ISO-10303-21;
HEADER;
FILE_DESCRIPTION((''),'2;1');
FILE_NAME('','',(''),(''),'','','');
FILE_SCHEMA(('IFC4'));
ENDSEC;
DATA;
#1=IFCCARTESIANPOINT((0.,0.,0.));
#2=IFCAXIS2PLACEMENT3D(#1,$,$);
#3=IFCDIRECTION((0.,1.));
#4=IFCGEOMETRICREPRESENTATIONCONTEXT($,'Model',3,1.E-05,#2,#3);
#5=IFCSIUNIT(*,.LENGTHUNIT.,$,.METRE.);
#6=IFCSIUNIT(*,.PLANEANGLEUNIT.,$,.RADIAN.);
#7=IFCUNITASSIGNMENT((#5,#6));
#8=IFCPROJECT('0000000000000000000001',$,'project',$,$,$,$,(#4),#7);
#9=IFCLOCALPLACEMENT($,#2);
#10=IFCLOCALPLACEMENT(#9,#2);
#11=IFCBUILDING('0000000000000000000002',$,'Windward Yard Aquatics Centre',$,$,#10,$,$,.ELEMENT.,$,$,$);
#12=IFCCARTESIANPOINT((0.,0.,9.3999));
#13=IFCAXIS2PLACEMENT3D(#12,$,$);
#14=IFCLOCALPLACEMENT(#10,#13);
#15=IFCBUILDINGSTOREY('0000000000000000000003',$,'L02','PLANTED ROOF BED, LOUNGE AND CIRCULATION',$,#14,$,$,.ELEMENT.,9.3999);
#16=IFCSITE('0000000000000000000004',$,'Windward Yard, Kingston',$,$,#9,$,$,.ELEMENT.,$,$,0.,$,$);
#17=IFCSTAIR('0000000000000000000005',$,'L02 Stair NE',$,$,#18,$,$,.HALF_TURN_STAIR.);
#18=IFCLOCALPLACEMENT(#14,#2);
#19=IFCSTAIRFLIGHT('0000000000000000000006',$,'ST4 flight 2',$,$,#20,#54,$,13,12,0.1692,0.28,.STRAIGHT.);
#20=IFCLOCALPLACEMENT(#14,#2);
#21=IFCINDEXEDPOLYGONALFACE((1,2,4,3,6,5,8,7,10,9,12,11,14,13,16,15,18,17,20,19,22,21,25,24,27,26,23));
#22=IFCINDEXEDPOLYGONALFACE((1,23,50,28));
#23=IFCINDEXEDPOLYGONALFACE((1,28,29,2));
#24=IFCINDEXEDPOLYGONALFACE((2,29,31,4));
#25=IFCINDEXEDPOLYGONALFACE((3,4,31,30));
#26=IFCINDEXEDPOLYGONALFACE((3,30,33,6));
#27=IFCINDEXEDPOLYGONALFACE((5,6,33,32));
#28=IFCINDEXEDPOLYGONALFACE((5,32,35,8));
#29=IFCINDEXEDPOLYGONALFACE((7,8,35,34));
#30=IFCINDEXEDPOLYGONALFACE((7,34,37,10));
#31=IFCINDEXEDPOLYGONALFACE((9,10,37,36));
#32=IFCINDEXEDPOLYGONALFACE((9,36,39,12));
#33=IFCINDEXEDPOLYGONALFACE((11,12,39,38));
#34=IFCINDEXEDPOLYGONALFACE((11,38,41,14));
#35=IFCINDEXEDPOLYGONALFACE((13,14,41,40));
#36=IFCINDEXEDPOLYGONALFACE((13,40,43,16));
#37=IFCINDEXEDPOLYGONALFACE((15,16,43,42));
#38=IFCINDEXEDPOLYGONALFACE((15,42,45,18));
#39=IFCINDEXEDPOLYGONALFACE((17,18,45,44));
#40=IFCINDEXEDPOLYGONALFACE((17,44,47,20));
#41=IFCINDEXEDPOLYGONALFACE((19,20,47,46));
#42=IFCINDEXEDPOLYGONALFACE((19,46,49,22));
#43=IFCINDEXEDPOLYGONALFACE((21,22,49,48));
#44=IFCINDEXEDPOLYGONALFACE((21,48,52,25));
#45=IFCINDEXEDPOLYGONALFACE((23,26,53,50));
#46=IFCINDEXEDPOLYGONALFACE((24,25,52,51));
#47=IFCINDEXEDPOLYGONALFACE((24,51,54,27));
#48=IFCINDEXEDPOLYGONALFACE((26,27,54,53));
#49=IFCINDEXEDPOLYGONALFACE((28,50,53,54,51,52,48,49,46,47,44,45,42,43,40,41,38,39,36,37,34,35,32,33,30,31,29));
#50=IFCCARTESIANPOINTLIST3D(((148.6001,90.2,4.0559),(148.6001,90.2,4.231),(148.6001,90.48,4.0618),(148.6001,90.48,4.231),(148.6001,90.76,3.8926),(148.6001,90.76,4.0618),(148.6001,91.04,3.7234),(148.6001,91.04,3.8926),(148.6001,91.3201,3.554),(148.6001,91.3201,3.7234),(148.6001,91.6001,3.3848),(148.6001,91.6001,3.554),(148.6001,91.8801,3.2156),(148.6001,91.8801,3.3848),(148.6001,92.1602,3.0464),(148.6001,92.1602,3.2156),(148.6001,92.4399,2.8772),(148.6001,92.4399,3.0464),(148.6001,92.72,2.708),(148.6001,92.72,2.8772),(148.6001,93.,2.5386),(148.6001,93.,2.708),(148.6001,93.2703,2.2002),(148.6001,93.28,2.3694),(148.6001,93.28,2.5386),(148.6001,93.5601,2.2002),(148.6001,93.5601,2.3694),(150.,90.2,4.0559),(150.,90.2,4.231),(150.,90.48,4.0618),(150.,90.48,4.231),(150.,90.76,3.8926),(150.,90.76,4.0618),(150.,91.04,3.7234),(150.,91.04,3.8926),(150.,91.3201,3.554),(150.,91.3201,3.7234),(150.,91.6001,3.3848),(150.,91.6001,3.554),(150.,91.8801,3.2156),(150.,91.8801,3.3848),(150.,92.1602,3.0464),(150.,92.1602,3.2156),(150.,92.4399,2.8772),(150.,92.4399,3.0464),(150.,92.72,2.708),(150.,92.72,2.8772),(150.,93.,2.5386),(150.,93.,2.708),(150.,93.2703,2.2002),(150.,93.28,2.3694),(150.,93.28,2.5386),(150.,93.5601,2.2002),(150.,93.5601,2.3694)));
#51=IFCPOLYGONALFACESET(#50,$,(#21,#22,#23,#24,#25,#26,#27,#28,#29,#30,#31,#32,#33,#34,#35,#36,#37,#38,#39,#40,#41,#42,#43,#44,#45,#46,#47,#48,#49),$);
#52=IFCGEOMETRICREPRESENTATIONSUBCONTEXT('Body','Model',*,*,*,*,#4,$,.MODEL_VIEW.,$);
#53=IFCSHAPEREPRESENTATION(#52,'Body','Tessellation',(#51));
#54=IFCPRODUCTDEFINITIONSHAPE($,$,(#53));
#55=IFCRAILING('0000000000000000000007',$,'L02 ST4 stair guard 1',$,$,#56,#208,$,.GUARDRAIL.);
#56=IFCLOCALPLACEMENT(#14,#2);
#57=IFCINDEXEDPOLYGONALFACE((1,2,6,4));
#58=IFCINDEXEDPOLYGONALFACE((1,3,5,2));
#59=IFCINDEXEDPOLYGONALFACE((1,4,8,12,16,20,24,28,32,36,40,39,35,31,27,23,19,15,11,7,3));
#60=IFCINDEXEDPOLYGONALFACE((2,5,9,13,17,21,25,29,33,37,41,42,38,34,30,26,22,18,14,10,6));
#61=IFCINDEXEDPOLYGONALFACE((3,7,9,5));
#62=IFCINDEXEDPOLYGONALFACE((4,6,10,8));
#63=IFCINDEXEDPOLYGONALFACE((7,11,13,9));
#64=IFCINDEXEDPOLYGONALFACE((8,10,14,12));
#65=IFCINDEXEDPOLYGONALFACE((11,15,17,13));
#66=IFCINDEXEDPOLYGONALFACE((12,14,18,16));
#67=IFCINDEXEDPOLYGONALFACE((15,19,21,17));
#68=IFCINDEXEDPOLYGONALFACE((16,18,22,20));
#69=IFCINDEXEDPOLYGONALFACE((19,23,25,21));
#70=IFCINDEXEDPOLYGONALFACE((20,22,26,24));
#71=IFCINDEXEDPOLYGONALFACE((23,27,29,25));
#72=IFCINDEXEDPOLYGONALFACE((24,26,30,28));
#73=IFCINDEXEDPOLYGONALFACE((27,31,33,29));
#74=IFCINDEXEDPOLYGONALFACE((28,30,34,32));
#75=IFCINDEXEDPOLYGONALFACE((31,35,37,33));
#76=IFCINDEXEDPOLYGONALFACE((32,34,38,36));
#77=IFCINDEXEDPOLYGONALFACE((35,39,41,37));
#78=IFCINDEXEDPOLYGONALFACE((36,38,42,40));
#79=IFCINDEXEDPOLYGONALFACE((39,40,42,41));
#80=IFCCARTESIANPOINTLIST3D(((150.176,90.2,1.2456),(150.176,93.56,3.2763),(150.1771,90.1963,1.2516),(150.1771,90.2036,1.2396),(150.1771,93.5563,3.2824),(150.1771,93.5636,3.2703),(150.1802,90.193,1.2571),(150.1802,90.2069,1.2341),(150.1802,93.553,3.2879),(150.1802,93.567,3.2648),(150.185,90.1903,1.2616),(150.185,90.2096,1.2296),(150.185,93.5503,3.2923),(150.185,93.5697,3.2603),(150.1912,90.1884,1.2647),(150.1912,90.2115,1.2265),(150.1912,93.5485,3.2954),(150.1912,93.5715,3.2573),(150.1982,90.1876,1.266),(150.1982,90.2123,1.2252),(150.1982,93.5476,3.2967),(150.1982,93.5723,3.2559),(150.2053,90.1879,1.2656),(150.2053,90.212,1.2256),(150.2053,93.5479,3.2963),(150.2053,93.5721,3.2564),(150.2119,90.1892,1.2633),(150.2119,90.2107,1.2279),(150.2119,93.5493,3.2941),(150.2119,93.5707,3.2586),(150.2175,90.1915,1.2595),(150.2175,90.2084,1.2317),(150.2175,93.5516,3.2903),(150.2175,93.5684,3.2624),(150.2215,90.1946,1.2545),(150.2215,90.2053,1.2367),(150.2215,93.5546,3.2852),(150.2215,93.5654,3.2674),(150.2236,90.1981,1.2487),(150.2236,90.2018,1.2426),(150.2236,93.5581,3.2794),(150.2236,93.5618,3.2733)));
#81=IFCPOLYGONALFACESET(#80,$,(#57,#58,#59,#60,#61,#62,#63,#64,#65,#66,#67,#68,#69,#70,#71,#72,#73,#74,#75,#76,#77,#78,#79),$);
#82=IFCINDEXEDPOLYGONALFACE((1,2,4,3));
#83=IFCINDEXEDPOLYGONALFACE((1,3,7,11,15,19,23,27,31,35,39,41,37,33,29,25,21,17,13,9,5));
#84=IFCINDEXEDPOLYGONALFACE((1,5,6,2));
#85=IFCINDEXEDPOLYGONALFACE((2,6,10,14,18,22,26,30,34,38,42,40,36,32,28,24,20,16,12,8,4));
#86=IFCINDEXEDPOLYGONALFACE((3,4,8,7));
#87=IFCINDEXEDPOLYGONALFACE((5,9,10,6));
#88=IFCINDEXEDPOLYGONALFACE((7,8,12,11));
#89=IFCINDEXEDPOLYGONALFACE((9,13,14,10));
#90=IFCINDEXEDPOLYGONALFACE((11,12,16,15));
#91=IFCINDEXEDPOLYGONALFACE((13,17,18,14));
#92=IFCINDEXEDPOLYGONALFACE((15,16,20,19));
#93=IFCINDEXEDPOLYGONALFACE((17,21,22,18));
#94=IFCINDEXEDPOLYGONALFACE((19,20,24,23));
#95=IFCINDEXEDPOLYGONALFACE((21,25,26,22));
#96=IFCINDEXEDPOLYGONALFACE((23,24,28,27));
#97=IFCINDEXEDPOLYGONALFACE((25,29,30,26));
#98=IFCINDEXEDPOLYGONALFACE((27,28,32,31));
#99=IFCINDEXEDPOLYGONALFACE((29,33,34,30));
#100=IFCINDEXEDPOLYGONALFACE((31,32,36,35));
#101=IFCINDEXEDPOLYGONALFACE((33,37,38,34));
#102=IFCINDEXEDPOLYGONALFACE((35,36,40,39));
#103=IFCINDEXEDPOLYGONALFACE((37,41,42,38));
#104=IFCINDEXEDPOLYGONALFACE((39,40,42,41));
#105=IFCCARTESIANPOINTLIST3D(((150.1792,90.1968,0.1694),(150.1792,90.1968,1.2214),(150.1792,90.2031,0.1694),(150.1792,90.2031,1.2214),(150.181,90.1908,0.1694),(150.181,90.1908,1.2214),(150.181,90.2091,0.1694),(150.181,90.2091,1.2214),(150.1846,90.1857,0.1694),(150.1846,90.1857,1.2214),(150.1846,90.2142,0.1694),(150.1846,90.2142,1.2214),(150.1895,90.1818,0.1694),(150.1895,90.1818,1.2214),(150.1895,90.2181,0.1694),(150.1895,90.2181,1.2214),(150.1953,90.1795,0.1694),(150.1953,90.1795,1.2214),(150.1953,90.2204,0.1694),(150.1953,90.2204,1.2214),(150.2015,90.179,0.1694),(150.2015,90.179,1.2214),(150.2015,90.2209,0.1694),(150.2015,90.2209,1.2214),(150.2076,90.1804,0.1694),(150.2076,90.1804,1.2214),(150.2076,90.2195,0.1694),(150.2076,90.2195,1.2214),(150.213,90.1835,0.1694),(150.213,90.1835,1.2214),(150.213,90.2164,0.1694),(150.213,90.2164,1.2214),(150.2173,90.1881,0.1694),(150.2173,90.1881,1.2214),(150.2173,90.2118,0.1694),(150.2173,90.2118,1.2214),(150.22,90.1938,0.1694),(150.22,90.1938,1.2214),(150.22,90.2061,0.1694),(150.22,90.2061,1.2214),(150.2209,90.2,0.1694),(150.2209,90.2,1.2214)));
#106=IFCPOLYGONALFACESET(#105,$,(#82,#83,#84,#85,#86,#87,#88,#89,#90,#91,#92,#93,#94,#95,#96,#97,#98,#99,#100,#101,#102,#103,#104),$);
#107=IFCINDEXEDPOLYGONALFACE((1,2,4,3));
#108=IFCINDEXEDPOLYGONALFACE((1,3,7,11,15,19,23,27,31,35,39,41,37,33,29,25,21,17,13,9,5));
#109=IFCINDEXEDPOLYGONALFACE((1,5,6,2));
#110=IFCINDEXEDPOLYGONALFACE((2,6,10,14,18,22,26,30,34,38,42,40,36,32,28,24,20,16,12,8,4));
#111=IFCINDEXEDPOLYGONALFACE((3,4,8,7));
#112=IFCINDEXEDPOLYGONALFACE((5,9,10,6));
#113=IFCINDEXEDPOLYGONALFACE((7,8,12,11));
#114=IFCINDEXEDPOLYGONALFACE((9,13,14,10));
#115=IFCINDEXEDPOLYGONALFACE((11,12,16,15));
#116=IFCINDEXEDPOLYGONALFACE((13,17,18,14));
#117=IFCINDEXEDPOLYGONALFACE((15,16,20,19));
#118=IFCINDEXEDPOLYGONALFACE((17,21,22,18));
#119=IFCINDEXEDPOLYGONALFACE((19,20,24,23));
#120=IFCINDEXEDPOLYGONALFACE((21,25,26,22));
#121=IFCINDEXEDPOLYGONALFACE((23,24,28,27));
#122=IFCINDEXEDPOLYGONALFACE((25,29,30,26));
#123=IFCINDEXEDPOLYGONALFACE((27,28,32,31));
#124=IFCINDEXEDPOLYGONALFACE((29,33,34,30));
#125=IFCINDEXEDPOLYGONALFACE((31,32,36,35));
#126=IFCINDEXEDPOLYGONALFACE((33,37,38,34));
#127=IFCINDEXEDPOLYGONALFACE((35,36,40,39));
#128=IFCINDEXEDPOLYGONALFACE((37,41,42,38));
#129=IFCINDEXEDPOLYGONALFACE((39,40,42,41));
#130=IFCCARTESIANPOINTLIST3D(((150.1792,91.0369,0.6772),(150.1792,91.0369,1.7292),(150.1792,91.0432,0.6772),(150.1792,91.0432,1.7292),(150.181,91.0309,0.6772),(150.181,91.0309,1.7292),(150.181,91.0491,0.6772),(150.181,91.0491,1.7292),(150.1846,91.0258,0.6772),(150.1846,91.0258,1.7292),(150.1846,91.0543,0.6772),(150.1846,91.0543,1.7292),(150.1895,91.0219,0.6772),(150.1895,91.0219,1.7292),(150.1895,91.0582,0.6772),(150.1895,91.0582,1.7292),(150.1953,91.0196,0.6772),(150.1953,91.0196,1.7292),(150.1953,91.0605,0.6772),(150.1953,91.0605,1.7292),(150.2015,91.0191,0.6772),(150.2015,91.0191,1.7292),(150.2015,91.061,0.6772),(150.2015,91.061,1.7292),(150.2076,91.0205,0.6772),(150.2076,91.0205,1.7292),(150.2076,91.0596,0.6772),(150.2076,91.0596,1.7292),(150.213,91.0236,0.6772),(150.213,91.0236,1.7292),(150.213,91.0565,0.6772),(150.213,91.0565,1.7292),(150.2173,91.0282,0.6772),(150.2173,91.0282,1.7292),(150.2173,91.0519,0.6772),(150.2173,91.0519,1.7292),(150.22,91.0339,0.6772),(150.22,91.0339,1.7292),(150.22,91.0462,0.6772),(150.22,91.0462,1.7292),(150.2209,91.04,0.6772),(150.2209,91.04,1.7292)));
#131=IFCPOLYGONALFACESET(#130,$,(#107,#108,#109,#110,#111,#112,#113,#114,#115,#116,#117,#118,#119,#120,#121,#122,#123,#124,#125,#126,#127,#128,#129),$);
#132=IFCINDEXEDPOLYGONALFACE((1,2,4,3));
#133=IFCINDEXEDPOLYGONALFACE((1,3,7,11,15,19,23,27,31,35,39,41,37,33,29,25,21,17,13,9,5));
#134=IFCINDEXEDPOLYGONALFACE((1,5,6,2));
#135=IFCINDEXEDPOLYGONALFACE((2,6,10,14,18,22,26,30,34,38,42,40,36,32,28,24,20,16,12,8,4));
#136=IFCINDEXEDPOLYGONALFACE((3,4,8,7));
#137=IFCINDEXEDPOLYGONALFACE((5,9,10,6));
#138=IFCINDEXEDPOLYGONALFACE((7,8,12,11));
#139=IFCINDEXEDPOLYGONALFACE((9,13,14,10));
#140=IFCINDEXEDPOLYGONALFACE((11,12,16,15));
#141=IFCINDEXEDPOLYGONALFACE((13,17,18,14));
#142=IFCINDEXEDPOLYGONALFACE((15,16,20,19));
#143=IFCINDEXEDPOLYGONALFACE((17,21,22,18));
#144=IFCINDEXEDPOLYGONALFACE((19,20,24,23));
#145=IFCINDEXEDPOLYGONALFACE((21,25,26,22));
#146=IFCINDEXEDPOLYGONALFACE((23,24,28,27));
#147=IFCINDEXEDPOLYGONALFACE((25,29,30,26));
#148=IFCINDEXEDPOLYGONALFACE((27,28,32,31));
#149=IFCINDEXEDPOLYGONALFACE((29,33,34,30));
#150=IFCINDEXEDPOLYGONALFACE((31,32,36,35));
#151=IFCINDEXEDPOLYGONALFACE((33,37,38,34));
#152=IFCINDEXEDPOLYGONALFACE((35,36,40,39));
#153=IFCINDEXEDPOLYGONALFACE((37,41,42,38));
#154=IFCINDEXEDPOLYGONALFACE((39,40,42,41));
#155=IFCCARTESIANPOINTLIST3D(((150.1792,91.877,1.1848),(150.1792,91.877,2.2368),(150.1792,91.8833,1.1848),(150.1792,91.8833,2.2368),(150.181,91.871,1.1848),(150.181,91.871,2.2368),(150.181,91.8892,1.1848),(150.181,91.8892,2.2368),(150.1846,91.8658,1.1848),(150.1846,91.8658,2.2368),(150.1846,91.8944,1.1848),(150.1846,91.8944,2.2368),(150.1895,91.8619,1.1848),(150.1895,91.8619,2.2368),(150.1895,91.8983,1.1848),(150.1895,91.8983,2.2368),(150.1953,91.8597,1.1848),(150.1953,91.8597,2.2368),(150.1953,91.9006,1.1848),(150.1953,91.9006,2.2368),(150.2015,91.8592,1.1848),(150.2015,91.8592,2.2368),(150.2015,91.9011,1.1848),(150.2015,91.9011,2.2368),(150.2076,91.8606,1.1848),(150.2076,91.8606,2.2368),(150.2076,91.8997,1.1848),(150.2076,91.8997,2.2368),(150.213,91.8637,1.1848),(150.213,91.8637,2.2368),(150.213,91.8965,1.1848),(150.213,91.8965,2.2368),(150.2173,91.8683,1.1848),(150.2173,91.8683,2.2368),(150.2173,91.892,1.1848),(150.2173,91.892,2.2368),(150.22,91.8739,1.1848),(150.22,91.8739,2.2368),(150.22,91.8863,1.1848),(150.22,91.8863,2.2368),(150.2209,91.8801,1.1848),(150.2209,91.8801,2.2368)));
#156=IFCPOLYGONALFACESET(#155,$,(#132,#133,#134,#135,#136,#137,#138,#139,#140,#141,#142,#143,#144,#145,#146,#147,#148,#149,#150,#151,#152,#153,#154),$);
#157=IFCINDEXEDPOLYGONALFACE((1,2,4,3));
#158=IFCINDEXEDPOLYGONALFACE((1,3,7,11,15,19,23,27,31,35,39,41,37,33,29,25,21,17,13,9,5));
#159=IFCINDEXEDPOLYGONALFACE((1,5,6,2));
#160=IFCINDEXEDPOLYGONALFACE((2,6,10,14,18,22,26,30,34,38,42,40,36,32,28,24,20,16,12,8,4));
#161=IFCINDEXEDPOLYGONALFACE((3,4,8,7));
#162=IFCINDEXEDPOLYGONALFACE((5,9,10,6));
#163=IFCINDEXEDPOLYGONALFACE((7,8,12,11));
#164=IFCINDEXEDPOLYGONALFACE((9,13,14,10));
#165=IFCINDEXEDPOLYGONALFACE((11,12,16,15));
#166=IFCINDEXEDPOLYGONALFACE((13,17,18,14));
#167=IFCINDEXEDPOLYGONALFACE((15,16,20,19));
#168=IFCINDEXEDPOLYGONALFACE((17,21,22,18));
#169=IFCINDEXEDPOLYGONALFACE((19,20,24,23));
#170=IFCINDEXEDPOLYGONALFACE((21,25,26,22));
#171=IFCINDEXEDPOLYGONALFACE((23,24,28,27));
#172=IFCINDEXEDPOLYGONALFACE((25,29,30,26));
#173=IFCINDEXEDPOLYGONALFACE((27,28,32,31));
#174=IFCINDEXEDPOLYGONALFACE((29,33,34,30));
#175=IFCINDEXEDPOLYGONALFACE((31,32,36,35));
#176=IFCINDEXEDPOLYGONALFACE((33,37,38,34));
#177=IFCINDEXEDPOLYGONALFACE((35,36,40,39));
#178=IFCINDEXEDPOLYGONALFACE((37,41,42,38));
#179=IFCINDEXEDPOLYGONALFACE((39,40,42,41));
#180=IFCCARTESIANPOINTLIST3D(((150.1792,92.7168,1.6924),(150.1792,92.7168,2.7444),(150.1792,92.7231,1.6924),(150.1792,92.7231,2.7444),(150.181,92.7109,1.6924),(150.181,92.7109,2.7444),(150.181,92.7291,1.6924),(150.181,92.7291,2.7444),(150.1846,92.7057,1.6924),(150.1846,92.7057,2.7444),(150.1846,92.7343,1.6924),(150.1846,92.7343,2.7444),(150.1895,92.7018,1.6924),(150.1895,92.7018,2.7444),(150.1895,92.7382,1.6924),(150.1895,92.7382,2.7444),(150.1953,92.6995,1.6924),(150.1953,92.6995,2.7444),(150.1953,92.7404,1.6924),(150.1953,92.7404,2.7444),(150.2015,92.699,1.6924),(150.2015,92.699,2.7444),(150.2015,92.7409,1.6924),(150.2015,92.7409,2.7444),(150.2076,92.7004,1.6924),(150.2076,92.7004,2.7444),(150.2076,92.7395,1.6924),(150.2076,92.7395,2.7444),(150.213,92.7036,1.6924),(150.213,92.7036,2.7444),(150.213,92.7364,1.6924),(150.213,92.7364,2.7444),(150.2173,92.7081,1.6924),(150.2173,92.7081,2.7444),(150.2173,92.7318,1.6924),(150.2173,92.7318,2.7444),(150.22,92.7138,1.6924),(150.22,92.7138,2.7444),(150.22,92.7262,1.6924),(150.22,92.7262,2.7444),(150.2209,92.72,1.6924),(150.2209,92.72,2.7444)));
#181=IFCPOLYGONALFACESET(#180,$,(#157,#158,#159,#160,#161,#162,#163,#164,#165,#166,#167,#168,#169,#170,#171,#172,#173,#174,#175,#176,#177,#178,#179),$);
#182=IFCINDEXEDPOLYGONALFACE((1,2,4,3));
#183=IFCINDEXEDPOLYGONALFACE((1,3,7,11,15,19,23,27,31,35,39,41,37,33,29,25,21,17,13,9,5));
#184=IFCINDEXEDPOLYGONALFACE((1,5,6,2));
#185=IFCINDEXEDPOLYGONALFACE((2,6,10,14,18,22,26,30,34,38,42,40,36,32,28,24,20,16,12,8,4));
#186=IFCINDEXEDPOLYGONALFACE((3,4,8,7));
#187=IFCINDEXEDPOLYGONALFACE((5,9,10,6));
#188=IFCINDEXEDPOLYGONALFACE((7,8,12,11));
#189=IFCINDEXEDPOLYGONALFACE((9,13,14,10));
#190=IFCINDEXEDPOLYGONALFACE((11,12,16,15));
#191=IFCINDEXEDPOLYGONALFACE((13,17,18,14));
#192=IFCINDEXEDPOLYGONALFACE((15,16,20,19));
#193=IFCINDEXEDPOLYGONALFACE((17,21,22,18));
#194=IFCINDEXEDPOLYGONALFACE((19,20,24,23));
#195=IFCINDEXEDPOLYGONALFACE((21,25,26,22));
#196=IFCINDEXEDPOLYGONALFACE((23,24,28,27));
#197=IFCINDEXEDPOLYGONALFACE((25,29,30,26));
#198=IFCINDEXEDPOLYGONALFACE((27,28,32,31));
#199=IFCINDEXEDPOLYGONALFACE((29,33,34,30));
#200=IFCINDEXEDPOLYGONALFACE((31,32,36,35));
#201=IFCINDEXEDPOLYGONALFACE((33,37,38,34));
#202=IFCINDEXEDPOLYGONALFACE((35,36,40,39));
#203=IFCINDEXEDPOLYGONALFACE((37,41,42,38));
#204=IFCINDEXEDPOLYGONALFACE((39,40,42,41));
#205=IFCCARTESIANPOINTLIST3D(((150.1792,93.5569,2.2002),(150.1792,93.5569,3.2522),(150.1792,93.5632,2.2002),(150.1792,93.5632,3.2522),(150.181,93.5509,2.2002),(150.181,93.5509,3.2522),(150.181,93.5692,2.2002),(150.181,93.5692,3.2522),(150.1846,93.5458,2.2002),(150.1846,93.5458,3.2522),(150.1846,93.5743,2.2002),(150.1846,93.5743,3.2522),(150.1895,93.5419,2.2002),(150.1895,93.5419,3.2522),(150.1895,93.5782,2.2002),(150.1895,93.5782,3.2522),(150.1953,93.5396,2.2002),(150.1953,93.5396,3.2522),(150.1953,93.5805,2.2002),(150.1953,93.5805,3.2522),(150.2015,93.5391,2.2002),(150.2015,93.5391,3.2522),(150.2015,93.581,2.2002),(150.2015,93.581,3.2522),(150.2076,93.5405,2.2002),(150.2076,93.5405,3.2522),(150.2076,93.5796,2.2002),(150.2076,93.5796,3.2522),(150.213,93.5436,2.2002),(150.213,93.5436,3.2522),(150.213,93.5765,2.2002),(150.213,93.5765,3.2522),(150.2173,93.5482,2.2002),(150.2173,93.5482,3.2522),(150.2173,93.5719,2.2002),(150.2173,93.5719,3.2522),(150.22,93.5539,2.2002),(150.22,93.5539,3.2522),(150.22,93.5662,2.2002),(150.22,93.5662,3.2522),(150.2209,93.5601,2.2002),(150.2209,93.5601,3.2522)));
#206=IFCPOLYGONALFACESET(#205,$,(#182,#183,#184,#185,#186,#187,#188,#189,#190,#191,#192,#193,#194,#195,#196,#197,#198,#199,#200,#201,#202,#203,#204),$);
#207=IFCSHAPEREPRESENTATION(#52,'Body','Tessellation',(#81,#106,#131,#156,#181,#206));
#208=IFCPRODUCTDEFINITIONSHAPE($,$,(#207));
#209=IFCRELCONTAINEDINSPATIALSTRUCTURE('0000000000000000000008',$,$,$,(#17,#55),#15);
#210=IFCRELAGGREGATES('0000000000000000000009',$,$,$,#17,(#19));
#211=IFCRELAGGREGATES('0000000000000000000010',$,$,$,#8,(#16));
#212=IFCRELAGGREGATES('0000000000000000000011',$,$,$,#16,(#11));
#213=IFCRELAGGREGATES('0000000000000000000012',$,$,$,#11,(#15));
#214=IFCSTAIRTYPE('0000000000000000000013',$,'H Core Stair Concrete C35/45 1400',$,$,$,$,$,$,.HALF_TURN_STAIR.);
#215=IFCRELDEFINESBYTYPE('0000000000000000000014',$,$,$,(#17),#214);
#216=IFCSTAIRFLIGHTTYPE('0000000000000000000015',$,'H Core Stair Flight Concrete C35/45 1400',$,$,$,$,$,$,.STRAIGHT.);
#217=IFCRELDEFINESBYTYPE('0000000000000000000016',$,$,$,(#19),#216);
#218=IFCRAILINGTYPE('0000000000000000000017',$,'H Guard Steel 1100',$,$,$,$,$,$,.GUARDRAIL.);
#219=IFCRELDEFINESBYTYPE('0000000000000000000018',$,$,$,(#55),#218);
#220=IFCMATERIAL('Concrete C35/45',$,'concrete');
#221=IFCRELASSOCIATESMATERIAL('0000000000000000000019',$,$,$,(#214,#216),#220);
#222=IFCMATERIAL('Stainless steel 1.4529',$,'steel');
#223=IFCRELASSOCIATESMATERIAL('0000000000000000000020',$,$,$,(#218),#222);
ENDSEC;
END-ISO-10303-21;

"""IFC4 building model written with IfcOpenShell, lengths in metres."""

from ifc_helpers import new_model, si_unit, direction, frame, origin, origin_2d, place, context, subcontext, project, spatial, polyline, circle, outline, extrude, material, type_object, element, aggregate, save


model = new_model("IFC4")

# Units and contexts
model_context = context("Model", 3, precision=1e-05, world=origin(), true_north=direction((0.0, 1.0)))
body_context = subcontext(model_context, "Body", "Model", "MODEL_VIEW")
ifc_project = project(units=[si_unit("LENGTHUNIT", "METRE"), si_unit("PLANEANGLEUNIT", "RADIAN")], contexts=[model_context])

# Site, building, storey
site_placement = place(None, origin())
site = spatial("IfcSite", under=ifc_project, at=site_placement, Name="Windward Yard, Kingston", CompositionType="ELEMENT", RefElevation=0.0)
building_placement = place(site_placement, origin())
building = spatial("IfcBuilding", under=site, at=building_placement, Name="Windward Yard Aquatics Centre", CompositionType="ELEMENT")
storey_placement = place(building_placement, frame((0.0, 0.0, 9.3999)))
storey = spatial("IfcBuildingStorey", under=building, at=storey_placement, Name="L02", Description="PLANTED ROOF BED, LOUNGE AND CIRCULATION", CompositionType="ELEMENT", Elevation=9.3999)

# Shared definitions
ifc_material_1 = material(Name="Concrete C35/45", Category="concrete")

# Stair, stair flight
stair_type = type_object("IfcStairType", Name="H Core Stair Concrete C35/45 1400", PredefinedType="HALF_TURN_STAIR", material=ifc_material_1)
stair_placement = place(storey_placement, origin())
stair = element("IfcStair", 1, at=stair_placement, inside=storey, type_object=stair_type, Name="L02 Stair NE", PredefinedType="HALF_TURN_STAIR")
stair_flight_type = type_object("IfcStairFlightType", Name="H Core Stair Flight Concrete C35/45 1400", PredefinedType="STRAIGHT", material=ifc_material_1)
stair_flight_1_placement = place(storey_placement, frame((149.3, 93.5601, 2.2002), z_axis=(0.0, 0.0, 1.0), x_axis=(0.0, -1.0, 0.0)))
stair_flight_1 = element("IfcStairFlight", 2, at=stair_flight_1_placement, type_object=stair_flight_type, Name="ST4 flight 2", NumberOfRisers=13, NumberOfTreads=12, PredefinedType="STRAIGHT", RiserHeight=0.1692, TreadLength=0.28, context=body_context, shape_type="SweptSolid", body=[
    extrude(outline(polyline([(0.0, 0.0), (0.0, 0.1692), (0.28, 0.1692), (0.28, 0.3384), (0.5601, 0.3384), (0.5601, 0.5078), (0.8401, 0.5078), (0.8401, 0.677), (1.1201, 0.677), (1.1201, 0.8462), (1.3999, 0.8462), (1.3999, 1.0154), (1.6799, 1.0154), (1.6799, 1.1846), (1.96, 1.1846), (1.96, 1.3538), (2.24, 1.3538), (2.24, 1.5232), (2.52, 1.5232), (2.52, 1.6924), (2.8, 1.6924), (2.8, 1.8616), (3.0801, 1.8616), (3.0801, 2.0308), (3.3601, 2.0308), (3.3601, 2.2), (3.3601, 1.8557), (0.2898, 0.0), (0.0, 0.0)])), frame((0.0, 0.7, 0.0), z_axis=(0.0, -1.0, 0.0), x_axis=(1.0, 0.0, 0.0)), (0.0, 0.0, 1.0), 1.3999),
])
aggregate(stair, [stair_flight_1])

# Railing
ifc_material_2 = material(Name="Stainless steel 1.4529", Category="steel")
railing_type_1 = type_object("IfcRailingType", Name="H Guard Steel 1100", PredefinedType="GUARDRAIL", material=ifc_material_2)
railing_1_placement = place(storey_placement, frame((150.2, 90.2, 0.1694)))
element("IfcRailing", 3, at=railing_1_placement, inside=storey, type_object=railing_type_1, Name="L02 ST4 stair guard 1", PredefinedType="GUARDRAIL", context=body_context, shape_type="SweptSolid", body=[
    extrude(circle(Radius=0.0239, at=origin_2d()), frame((0.0, 0.0, 1.0762), z_axis=(0.0, 0.855837, 0.517246), x_axis=(-1.0, 0.0, 0.0)), (0.0, 0.0, 1.0), 3.926),
    extrude(circle(Radius=0.021, at=origin_2d()), origin(), (0.0, 0.0, 1.0), 1.052),
    extrude(circle(Radius=0.021, at=origin_2d()), frame((0.0, 0.8401, 0.5078)), (0.0, 0.0, 1.0), 1.052),
    extrude(circle(Radius=0.021, at=origin_2d()), frame((0.0, 1.6802, 1.0154)), (0.0, 0.0, 1.0), 1.052),
    extrude(circle(Radius=0.021, at=origin_2d()), frame((0.0, 2.52, 1.5229)), (0.0, 0.0, 1.0), 1.052),
    extrude(circle(Radius=0.021, at=origin_2d()), frame((0.0, 3.3601, 2.0308)), (0.0, 0.0, 1.0), 1.052),
])

save(model, "model.ifc")
